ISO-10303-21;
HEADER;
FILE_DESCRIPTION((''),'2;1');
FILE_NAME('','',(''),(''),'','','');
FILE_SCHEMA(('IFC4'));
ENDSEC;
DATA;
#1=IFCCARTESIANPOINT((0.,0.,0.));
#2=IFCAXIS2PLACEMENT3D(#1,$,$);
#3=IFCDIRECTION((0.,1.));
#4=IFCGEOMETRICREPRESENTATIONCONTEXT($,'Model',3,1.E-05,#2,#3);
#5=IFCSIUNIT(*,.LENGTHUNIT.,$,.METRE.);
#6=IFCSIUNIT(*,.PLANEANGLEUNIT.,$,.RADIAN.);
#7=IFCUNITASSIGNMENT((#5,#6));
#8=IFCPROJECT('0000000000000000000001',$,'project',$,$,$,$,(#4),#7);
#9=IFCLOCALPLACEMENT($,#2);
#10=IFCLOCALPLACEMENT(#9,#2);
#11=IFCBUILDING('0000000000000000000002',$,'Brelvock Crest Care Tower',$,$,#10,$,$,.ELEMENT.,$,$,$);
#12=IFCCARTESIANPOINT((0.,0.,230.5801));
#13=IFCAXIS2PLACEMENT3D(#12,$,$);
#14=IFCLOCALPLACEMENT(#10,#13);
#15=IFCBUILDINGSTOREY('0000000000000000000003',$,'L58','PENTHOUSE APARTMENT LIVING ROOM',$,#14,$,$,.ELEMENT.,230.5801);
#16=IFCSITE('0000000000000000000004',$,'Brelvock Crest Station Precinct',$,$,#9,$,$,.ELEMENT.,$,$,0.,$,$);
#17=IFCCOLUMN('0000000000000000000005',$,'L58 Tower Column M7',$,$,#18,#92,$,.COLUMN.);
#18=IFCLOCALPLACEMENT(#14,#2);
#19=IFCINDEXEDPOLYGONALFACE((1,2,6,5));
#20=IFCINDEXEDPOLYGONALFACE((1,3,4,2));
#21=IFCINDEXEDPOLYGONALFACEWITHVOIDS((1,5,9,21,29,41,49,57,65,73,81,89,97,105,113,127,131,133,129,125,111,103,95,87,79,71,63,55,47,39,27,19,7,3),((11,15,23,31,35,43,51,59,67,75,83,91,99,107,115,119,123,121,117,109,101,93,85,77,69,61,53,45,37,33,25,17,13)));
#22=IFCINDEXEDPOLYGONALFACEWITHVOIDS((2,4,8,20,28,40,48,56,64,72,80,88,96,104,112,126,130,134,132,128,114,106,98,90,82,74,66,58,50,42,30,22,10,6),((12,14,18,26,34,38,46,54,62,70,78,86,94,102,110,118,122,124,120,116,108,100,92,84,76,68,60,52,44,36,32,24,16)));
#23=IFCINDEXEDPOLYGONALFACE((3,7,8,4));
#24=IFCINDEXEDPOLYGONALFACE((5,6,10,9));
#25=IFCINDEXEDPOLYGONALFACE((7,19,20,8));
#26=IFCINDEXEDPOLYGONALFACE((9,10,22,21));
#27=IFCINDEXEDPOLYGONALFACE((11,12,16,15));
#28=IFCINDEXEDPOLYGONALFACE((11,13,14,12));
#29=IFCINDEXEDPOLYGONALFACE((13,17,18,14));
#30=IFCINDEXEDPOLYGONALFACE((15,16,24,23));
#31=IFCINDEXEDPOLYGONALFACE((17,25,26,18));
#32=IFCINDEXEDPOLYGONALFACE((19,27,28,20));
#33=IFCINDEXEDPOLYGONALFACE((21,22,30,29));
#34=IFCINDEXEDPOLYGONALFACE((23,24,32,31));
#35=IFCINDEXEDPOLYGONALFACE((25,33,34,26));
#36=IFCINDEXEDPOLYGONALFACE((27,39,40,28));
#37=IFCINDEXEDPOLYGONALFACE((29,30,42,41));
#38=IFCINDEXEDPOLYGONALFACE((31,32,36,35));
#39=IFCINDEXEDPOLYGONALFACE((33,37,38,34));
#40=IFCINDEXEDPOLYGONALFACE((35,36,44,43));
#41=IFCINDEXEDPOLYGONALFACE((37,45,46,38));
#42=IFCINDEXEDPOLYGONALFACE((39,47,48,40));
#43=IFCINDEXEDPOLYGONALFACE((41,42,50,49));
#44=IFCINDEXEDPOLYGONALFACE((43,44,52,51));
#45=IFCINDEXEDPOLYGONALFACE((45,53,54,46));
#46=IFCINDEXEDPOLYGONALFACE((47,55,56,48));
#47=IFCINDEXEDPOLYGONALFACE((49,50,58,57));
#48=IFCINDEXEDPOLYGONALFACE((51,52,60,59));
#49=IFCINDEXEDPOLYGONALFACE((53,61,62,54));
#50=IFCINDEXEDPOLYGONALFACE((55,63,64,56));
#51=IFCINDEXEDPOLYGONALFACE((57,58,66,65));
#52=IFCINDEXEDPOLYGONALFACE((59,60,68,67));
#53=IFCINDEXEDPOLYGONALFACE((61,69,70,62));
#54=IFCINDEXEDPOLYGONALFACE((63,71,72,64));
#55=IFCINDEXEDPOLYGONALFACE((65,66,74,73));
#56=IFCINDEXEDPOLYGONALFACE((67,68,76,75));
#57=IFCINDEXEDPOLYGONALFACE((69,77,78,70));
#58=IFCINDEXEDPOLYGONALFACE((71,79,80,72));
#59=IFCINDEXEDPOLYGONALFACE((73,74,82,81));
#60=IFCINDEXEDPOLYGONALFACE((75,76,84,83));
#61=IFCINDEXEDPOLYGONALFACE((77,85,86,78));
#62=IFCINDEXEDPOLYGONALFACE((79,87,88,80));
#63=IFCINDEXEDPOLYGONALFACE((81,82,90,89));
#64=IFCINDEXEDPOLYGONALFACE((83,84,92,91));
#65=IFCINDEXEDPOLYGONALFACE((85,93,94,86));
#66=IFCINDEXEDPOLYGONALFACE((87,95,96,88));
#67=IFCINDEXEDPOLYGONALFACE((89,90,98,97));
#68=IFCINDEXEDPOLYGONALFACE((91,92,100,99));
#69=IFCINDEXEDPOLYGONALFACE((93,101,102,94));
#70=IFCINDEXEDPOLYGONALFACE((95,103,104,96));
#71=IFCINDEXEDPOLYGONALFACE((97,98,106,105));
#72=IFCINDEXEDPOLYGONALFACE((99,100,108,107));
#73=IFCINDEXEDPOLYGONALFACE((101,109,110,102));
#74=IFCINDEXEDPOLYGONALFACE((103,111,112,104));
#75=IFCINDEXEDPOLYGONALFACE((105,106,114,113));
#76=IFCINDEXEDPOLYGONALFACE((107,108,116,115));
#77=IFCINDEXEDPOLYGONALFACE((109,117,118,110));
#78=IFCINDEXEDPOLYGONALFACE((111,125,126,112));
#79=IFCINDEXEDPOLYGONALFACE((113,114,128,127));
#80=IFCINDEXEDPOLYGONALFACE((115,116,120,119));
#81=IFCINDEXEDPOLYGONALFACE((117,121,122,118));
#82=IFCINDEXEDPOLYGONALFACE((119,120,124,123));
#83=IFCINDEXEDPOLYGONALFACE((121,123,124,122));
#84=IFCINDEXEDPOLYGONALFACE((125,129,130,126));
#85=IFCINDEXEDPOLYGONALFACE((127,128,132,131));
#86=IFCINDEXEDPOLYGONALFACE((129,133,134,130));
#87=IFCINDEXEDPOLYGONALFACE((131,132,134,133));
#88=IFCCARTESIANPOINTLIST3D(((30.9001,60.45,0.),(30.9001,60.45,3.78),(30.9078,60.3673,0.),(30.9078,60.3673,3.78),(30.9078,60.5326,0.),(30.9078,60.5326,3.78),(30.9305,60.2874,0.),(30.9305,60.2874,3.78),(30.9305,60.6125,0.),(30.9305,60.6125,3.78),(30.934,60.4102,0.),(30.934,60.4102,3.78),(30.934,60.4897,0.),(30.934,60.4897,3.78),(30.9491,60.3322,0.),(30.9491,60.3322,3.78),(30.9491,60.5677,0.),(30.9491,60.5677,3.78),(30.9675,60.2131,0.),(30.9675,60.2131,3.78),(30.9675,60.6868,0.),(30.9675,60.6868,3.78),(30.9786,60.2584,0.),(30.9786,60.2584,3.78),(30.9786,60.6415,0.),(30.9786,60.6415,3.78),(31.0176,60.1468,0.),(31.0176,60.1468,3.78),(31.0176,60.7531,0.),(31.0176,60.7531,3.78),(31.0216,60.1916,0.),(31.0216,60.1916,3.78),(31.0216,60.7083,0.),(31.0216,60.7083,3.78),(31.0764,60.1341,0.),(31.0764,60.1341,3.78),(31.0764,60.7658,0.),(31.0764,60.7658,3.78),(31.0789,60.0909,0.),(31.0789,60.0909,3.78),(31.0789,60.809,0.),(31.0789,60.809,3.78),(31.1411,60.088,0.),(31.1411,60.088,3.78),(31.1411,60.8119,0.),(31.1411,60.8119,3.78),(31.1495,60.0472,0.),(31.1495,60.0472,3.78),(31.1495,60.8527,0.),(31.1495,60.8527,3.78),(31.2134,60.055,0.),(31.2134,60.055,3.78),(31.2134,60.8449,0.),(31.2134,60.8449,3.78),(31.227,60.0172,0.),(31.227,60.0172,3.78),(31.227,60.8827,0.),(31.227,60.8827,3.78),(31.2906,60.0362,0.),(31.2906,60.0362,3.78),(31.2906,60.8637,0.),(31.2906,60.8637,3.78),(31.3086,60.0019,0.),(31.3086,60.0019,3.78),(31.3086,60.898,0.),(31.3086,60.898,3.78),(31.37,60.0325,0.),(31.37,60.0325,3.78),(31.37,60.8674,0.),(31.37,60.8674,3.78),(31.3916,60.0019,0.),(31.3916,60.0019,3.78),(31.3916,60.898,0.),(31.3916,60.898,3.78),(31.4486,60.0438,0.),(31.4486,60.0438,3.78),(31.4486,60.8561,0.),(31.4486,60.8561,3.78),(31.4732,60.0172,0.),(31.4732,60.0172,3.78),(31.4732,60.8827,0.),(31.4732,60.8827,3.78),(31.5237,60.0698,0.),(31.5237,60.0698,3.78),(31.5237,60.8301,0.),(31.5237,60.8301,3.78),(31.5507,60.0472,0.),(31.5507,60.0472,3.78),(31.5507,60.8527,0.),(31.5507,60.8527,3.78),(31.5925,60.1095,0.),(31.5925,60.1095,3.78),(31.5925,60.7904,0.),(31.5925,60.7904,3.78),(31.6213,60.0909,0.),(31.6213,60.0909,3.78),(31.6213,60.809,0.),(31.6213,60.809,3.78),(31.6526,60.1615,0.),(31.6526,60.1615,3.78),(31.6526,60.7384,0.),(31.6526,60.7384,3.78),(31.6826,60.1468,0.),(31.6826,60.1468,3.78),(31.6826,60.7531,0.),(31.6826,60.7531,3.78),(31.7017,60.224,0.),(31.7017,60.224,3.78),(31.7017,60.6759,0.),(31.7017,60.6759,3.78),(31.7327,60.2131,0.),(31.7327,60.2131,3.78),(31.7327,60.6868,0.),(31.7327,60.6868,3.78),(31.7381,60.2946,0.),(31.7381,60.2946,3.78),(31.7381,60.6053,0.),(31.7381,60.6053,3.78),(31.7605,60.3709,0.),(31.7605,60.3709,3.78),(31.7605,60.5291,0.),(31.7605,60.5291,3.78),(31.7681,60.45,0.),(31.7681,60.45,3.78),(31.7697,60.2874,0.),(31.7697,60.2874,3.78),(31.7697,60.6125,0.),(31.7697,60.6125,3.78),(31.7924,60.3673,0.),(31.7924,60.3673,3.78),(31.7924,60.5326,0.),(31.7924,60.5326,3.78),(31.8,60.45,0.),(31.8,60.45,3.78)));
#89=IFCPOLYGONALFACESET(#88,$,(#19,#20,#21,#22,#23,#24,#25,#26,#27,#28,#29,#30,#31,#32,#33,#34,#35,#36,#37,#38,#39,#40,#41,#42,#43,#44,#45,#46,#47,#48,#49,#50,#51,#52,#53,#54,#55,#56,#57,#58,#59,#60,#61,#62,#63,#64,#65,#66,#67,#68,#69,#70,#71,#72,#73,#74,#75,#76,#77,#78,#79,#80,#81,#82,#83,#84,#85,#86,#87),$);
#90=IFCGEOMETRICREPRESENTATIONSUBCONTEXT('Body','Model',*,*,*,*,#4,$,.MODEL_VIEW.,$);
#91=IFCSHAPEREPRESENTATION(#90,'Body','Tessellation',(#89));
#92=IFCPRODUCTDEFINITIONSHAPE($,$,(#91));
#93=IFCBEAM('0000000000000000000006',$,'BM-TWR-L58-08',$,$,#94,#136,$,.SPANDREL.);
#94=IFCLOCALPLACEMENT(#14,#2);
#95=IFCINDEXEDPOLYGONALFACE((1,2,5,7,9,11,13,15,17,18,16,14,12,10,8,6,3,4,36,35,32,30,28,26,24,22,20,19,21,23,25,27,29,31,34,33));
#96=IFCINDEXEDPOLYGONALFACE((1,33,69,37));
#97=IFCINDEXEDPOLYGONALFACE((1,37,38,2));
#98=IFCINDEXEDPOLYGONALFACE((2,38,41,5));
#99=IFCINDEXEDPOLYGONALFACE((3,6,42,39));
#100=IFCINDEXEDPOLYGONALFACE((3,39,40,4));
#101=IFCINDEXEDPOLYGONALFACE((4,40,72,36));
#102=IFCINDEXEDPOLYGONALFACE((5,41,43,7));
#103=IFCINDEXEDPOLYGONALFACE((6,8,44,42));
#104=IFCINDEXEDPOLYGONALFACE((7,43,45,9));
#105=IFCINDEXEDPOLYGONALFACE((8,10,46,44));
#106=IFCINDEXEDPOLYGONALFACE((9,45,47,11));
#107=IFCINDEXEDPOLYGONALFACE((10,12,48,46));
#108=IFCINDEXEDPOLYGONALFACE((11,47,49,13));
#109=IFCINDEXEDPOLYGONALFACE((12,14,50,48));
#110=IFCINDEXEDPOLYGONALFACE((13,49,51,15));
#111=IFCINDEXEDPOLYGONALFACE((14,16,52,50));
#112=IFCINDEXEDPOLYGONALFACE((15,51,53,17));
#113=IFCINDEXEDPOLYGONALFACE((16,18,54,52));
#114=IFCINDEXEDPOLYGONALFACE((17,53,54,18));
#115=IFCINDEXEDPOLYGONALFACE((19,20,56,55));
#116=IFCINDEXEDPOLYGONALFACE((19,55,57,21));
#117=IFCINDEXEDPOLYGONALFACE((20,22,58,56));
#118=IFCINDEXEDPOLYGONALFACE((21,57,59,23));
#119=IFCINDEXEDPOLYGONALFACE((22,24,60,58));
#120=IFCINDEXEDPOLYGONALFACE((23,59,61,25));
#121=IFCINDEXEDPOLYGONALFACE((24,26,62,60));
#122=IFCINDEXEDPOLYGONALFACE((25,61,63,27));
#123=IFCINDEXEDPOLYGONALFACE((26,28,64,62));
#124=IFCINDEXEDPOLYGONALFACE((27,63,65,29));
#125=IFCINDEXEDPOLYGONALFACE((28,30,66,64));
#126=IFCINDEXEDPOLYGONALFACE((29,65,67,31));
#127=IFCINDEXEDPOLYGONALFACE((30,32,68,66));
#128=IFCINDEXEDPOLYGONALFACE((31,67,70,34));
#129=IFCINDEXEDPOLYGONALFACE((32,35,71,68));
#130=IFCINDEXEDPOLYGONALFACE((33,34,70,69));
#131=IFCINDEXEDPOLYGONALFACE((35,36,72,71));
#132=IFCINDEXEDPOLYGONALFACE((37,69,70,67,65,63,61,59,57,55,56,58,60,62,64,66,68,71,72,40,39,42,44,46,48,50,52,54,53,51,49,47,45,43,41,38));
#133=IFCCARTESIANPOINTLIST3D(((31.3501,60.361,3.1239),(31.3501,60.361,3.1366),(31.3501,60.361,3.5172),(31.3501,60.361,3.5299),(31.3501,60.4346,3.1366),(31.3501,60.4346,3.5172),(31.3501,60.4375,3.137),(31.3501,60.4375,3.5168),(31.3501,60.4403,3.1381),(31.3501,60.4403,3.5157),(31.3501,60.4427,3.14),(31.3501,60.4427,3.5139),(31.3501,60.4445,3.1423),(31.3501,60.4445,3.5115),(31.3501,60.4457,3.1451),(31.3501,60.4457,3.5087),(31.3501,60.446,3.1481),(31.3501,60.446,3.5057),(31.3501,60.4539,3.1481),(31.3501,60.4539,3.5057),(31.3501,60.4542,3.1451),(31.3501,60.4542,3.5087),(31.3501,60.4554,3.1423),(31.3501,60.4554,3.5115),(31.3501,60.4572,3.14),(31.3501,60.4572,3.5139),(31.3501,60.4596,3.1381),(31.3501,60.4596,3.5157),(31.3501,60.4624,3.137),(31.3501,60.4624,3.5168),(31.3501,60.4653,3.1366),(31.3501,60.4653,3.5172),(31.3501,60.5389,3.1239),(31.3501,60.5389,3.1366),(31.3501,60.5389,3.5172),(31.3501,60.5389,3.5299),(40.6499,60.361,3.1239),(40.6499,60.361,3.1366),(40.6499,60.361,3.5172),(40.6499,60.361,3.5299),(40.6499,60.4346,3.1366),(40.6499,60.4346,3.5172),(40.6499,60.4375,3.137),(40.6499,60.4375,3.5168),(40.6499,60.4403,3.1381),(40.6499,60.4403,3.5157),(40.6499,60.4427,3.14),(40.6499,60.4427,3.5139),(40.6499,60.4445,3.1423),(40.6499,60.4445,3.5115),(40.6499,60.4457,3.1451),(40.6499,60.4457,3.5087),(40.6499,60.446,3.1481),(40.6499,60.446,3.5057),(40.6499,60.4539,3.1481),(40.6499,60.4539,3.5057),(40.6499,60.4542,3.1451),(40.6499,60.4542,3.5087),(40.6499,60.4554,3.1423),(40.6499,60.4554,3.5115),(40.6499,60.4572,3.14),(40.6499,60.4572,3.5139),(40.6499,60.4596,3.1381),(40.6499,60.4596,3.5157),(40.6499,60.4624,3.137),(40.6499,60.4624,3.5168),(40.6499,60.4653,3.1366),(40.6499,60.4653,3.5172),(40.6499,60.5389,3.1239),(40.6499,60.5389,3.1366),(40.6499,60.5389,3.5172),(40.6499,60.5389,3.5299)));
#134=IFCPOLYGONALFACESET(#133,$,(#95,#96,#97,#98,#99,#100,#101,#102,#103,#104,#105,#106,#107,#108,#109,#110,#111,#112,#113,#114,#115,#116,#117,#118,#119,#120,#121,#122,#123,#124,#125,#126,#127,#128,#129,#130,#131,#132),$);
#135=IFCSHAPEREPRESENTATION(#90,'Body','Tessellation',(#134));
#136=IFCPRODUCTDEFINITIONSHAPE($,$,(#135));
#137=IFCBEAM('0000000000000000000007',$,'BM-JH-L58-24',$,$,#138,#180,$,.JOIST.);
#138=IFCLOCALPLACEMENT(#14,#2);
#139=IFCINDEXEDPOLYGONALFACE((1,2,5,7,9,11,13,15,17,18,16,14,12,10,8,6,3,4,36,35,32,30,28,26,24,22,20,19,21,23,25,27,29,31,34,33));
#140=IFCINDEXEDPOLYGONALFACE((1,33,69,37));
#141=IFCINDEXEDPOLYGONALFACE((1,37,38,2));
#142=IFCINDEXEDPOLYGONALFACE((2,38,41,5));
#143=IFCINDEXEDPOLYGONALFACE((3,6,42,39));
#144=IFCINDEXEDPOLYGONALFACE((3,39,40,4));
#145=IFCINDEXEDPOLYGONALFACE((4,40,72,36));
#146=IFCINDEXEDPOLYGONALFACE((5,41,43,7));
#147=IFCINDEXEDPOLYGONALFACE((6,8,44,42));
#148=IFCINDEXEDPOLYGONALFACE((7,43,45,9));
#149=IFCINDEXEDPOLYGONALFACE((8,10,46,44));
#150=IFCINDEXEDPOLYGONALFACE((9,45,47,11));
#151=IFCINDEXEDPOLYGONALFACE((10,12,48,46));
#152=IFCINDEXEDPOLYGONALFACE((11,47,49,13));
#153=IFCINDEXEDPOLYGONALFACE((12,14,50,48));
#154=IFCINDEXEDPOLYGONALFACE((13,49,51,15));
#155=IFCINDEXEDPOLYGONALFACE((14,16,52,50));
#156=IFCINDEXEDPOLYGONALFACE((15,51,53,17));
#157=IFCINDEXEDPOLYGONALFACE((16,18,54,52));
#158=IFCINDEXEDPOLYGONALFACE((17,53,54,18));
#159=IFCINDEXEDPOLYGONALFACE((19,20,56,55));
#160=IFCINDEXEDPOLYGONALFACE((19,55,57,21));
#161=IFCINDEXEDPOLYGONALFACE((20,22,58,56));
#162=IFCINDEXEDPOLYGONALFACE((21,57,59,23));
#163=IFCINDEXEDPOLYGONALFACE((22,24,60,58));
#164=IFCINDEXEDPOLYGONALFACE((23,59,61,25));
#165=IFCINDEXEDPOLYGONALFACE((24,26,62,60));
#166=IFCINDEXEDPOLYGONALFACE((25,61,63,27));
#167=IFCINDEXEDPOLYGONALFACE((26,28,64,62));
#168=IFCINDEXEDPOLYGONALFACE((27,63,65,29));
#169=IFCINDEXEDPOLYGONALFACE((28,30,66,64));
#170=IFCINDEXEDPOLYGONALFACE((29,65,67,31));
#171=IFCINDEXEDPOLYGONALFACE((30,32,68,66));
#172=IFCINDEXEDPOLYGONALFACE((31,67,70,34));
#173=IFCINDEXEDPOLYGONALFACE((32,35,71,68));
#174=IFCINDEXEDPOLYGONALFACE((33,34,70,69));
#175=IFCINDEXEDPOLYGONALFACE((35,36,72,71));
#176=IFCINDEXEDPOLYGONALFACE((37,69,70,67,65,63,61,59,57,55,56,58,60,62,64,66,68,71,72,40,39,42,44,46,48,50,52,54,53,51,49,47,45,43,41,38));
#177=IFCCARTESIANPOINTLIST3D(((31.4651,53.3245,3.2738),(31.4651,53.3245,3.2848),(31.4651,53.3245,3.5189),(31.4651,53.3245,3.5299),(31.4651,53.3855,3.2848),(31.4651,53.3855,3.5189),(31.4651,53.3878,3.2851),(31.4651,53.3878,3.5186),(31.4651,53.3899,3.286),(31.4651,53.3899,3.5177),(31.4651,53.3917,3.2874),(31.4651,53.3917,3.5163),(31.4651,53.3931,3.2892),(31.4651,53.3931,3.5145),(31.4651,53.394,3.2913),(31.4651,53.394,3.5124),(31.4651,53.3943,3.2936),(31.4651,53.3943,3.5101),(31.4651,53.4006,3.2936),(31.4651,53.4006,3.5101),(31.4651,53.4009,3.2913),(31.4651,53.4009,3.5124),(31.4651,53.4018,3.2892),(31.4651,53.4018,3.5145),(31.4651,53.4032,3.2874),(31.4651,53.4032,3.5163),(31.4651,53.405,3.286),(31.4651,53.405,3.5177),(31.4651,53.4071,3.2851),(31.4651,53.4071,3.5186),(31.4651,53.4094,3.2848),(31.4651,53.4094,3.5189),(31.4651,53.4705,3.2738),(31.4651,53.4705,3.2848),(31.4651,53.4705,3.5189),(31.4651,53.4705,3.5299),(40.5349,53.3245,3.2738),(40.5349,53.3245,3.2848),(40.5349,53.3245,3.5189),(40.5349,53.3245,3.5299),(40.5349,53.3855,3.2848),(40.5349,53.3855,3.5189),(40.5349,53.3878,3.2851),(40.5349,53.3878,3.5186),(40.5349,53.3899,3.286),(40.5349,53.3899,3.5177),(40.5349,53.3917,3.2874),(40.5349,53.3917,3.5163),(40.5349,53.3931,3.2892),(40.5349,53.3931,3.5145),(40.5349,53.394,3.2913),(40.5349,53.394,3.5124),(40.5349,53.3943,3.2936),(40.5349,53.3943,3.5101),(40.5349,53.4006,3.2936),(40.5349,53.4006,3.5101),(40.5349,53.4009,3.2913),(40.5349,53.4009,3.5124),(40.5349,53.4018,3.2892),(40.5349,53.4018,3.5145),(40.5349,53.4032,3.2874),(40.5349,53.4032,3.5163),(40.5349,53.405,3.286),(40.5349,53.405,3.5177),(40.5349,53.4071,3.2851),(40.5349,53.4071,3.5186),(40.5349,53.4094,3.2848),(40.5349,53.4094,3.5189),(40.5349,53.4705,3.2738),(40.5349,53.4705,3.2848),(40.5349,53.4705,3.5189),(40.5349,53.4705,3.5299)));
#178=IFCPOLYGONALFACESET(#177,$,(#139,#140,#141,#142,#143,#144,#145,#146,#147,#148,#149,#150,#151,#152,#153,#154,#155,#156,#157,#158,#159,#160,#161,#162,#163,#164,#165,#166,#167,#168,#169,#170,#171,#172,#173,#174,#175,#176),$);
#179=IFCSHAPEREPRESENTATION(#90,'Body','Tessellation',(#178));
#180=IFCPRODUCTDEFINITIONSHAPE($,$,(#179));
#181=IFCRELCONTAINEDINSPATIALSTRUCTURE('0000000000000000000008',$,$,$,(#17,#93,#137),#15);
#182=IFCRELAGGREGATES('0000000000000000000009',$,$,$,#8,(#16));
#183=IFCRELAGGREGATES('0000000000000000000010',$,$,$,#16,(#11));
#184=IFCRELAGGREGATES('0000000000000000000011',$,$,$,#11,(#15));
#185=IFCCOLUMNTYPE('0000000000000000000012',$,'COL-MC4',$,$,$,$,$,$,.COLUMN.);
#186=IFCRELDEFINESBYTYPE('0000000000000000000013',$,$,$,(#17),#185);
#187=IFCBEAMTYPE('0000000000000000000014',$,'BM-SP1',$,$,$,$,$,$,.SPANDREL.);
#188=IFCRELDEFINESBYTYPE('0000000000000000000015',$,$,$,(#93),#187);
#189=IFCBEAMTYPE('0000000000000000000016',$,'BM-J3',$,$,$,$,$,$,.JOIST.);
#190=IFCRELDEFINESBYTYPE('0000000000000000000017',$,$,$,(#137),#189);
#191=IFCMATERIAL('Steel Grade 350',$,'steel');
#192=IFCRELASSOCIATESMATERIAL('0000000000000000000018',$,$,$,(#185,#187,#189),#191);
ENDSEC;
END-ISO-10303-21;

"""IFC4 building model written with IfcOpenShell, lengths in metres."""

from ifc_helpers import new_model, si_unit, direction, frame, origin, origin_2d, place, context, subcontext, project, spatial, hollow_circle, i_section, extrude, source, transform, mapped, material, material_profile, profile_set, type_object, element, save


model = new_model("IFC4")

# Units and contexts
model_context = context("Model", 3, precision=1e-05, world=origin(), true_north=direction((0.0, 1.0)))
body_context = subcontext(model_context, "Body", "Model", "MODEL_VIEW")
ifc_project = project(units=[si_unit("LENGTHUNIT", "METRE"), si_unit("PLANEANGLEUNIT", "RADIAN")], contexts=[model_context])

# Site, building, storey
site_placement = place(None, origin())
site = spatial("IfcSite", under=ifc_project, at=site_placement, Name="Brelvock Crest Station Precinct", CompositionType="ELEMENT", RefElevation=0.0)
building_placement = place(site_placement, origin())
building = spatial("IfcBuilding", under=site, at=building_placement, Name="Brelvock Crest Care Tower", CompositionType="ELEMENT")
storey_placement = place(building_placement, frame((0.0, 0.0, 230.5801)))
storey = spatial("IfcBuildingStorey", under=building, at=storey_placement, Name="L58", Description="PENTHOUSE APARTMENT LIVING ROOM", CompositionType="ELEMENT", Elevation=230.5801)

# Column
ifc_material_1 = material(Name="Steel Grade 350", Category="steel")
ifc_material_profile_1 = material_profile(ifc_material_1, hollow_circle(Radius=0.45, WallThickness=0.032, at=origin_2d()), Name="CFT900x32")
ifc_profile_set_1 = profile_set([ifc_material_profile_1], Name="Steel Grade 350")
column_type = type_object("IfcColumnType", Name="COL-MC4", PredefinedType="COLUMN", material=ifc_profile_set_1)
shared_shape_1 = source(origin(), body_context, "Body", "SweptSolid", [
    extrude(hollow_circle(Radius=0.45, WallThickness=0.032, at=origin_2d()), origin(), (0.0, 0.0, 1.0), 3.78),
])
column_placement = place(storey_placement, frame((31.3501, 60.45, 0.0), z_axis=(0.0, 0.0, 1.0), x_axis=(1.0, 0.0, 0.0)))
element("IfcColumn", 1, at=column_placement, inside=storey, type_object=column_type, Name="L58 Tower Column M7", PredefinedType="COLUMN", context=body_context, shape_type="MappedRepresentation", body=[
    mapped(shared_shape_1, transform((0.0, 0.0, 0.0), x_axis=(1.0, 0.0, 0.0), y_axis=(0.0, 1.0, 0.0), z_axis=(0.0, 0.0, 1.0), scale=1.0)),
])

# Beams
ifc_material_profile_2 = material_profile(ifc_material_1, i_section(OverallWidth=0.178, OverallDepth=0.406, WebThickness=0.0078, FlangeThickness=0.0127, FilletRadius=0.0115, at=origin_2d()), Name="410UB59.7")
ifc_profile_set_2 = profile_set([ifc_material_profile_2], Name="Steel Grade 350")
beam_type_1 = type_object("IfcBeamType", Name="BM-SP1", PredefinedType="SPANDREL", material=ifc_profile_set_2)
shared_shape_2 = source(origin(), body_context, "Body", "SweptSolid", [
    extrude(i_section(OverallWidth=0.178, OverallDepth=0.406, WebThickness=0.0078, FlangeThickness=0.0127, FilletRadius=0.0115, at=origin_2d()), origin(), (0.0, 0.0, 1.0), 9.2998),
])
beam_placement = place(storey_placement, frame((31.3501, 60.45, 3.3269), z_axis=(1.0, 0.0, 0.0), x_axis=(0.0, 1.0, 0.0)))
element("IfcBeam", 2, at=beam_placement, inside=storey, type_object=beam_type_1, Name="BM-TWR-L58-08", PredefinedType="SPANDREL", context=body_context, shape_type="MappedRepresentation", body=[
    mapped(shared_shape_2, transform((0.0, 0.0, 0.0), x_axis=(1.0, 0.0, 0.0), y_axis=(0.0, 1.0, 0.0), z_axis=(0.0, 0.0, 1.0), scale=1.0)),
])
ifc_material_profile_3 = material_profile(ifc_material_1, i_section(OverallWidth=0.146, OverallDepth=0.2561, WebThickness=0.0063, FlangeThickness=0.011, FilletRadius=0.0088, at=origin_2d()), Name="250UB37.3")
ifc_profile_set_3 = profile_set([ifc_material_profile_3], Name="Steel Grade 350")
beam_type_2 = type_object("IfcBeamType", Name="BM-J3", PredefinedType="JOIST", material=ifc_profile_set_3)
shared_shape_3 = source(origin(), body_context, "Body", "SweptSolid", [
    extrude(i_section(OverallWidth=0.146, OverallDepth=0.2561, WebThickness=0.0063, FlangeThickness=0.011, FilletRadius=0.0088, at=origin_2d()), origin(), (0.0, 0.0, 1.0), 9.0698),
])
for number, where, z_axis, x_axis, name in (
    (3, (31.4651, 53.3975, 3.4019), (1.0, 0.0, 0.0), (0.0, 1.0, 0.0), "BM-JH-L58-24"),
):
    element("IfcBeam", number, at=place(storey_placement, frame(where, z_axis=z_axis, x_axis=x_axis)), inside=storey, type_object=beam_type_2, Name=name, PredefinedType="JOIST", context=body_context, shape_type="MappedRepresentation", body=[
        mapped(shared_shape_3, transform((0.0, 0.0, 0.0), x_axis=(1.0, 0.0, 0.0), y_axis=(0.0, 1.0, 0.0), z_axis=(0.0, 0.0, 1.0), scale=1.0)),
    ])

save(model, "model.ifc")
